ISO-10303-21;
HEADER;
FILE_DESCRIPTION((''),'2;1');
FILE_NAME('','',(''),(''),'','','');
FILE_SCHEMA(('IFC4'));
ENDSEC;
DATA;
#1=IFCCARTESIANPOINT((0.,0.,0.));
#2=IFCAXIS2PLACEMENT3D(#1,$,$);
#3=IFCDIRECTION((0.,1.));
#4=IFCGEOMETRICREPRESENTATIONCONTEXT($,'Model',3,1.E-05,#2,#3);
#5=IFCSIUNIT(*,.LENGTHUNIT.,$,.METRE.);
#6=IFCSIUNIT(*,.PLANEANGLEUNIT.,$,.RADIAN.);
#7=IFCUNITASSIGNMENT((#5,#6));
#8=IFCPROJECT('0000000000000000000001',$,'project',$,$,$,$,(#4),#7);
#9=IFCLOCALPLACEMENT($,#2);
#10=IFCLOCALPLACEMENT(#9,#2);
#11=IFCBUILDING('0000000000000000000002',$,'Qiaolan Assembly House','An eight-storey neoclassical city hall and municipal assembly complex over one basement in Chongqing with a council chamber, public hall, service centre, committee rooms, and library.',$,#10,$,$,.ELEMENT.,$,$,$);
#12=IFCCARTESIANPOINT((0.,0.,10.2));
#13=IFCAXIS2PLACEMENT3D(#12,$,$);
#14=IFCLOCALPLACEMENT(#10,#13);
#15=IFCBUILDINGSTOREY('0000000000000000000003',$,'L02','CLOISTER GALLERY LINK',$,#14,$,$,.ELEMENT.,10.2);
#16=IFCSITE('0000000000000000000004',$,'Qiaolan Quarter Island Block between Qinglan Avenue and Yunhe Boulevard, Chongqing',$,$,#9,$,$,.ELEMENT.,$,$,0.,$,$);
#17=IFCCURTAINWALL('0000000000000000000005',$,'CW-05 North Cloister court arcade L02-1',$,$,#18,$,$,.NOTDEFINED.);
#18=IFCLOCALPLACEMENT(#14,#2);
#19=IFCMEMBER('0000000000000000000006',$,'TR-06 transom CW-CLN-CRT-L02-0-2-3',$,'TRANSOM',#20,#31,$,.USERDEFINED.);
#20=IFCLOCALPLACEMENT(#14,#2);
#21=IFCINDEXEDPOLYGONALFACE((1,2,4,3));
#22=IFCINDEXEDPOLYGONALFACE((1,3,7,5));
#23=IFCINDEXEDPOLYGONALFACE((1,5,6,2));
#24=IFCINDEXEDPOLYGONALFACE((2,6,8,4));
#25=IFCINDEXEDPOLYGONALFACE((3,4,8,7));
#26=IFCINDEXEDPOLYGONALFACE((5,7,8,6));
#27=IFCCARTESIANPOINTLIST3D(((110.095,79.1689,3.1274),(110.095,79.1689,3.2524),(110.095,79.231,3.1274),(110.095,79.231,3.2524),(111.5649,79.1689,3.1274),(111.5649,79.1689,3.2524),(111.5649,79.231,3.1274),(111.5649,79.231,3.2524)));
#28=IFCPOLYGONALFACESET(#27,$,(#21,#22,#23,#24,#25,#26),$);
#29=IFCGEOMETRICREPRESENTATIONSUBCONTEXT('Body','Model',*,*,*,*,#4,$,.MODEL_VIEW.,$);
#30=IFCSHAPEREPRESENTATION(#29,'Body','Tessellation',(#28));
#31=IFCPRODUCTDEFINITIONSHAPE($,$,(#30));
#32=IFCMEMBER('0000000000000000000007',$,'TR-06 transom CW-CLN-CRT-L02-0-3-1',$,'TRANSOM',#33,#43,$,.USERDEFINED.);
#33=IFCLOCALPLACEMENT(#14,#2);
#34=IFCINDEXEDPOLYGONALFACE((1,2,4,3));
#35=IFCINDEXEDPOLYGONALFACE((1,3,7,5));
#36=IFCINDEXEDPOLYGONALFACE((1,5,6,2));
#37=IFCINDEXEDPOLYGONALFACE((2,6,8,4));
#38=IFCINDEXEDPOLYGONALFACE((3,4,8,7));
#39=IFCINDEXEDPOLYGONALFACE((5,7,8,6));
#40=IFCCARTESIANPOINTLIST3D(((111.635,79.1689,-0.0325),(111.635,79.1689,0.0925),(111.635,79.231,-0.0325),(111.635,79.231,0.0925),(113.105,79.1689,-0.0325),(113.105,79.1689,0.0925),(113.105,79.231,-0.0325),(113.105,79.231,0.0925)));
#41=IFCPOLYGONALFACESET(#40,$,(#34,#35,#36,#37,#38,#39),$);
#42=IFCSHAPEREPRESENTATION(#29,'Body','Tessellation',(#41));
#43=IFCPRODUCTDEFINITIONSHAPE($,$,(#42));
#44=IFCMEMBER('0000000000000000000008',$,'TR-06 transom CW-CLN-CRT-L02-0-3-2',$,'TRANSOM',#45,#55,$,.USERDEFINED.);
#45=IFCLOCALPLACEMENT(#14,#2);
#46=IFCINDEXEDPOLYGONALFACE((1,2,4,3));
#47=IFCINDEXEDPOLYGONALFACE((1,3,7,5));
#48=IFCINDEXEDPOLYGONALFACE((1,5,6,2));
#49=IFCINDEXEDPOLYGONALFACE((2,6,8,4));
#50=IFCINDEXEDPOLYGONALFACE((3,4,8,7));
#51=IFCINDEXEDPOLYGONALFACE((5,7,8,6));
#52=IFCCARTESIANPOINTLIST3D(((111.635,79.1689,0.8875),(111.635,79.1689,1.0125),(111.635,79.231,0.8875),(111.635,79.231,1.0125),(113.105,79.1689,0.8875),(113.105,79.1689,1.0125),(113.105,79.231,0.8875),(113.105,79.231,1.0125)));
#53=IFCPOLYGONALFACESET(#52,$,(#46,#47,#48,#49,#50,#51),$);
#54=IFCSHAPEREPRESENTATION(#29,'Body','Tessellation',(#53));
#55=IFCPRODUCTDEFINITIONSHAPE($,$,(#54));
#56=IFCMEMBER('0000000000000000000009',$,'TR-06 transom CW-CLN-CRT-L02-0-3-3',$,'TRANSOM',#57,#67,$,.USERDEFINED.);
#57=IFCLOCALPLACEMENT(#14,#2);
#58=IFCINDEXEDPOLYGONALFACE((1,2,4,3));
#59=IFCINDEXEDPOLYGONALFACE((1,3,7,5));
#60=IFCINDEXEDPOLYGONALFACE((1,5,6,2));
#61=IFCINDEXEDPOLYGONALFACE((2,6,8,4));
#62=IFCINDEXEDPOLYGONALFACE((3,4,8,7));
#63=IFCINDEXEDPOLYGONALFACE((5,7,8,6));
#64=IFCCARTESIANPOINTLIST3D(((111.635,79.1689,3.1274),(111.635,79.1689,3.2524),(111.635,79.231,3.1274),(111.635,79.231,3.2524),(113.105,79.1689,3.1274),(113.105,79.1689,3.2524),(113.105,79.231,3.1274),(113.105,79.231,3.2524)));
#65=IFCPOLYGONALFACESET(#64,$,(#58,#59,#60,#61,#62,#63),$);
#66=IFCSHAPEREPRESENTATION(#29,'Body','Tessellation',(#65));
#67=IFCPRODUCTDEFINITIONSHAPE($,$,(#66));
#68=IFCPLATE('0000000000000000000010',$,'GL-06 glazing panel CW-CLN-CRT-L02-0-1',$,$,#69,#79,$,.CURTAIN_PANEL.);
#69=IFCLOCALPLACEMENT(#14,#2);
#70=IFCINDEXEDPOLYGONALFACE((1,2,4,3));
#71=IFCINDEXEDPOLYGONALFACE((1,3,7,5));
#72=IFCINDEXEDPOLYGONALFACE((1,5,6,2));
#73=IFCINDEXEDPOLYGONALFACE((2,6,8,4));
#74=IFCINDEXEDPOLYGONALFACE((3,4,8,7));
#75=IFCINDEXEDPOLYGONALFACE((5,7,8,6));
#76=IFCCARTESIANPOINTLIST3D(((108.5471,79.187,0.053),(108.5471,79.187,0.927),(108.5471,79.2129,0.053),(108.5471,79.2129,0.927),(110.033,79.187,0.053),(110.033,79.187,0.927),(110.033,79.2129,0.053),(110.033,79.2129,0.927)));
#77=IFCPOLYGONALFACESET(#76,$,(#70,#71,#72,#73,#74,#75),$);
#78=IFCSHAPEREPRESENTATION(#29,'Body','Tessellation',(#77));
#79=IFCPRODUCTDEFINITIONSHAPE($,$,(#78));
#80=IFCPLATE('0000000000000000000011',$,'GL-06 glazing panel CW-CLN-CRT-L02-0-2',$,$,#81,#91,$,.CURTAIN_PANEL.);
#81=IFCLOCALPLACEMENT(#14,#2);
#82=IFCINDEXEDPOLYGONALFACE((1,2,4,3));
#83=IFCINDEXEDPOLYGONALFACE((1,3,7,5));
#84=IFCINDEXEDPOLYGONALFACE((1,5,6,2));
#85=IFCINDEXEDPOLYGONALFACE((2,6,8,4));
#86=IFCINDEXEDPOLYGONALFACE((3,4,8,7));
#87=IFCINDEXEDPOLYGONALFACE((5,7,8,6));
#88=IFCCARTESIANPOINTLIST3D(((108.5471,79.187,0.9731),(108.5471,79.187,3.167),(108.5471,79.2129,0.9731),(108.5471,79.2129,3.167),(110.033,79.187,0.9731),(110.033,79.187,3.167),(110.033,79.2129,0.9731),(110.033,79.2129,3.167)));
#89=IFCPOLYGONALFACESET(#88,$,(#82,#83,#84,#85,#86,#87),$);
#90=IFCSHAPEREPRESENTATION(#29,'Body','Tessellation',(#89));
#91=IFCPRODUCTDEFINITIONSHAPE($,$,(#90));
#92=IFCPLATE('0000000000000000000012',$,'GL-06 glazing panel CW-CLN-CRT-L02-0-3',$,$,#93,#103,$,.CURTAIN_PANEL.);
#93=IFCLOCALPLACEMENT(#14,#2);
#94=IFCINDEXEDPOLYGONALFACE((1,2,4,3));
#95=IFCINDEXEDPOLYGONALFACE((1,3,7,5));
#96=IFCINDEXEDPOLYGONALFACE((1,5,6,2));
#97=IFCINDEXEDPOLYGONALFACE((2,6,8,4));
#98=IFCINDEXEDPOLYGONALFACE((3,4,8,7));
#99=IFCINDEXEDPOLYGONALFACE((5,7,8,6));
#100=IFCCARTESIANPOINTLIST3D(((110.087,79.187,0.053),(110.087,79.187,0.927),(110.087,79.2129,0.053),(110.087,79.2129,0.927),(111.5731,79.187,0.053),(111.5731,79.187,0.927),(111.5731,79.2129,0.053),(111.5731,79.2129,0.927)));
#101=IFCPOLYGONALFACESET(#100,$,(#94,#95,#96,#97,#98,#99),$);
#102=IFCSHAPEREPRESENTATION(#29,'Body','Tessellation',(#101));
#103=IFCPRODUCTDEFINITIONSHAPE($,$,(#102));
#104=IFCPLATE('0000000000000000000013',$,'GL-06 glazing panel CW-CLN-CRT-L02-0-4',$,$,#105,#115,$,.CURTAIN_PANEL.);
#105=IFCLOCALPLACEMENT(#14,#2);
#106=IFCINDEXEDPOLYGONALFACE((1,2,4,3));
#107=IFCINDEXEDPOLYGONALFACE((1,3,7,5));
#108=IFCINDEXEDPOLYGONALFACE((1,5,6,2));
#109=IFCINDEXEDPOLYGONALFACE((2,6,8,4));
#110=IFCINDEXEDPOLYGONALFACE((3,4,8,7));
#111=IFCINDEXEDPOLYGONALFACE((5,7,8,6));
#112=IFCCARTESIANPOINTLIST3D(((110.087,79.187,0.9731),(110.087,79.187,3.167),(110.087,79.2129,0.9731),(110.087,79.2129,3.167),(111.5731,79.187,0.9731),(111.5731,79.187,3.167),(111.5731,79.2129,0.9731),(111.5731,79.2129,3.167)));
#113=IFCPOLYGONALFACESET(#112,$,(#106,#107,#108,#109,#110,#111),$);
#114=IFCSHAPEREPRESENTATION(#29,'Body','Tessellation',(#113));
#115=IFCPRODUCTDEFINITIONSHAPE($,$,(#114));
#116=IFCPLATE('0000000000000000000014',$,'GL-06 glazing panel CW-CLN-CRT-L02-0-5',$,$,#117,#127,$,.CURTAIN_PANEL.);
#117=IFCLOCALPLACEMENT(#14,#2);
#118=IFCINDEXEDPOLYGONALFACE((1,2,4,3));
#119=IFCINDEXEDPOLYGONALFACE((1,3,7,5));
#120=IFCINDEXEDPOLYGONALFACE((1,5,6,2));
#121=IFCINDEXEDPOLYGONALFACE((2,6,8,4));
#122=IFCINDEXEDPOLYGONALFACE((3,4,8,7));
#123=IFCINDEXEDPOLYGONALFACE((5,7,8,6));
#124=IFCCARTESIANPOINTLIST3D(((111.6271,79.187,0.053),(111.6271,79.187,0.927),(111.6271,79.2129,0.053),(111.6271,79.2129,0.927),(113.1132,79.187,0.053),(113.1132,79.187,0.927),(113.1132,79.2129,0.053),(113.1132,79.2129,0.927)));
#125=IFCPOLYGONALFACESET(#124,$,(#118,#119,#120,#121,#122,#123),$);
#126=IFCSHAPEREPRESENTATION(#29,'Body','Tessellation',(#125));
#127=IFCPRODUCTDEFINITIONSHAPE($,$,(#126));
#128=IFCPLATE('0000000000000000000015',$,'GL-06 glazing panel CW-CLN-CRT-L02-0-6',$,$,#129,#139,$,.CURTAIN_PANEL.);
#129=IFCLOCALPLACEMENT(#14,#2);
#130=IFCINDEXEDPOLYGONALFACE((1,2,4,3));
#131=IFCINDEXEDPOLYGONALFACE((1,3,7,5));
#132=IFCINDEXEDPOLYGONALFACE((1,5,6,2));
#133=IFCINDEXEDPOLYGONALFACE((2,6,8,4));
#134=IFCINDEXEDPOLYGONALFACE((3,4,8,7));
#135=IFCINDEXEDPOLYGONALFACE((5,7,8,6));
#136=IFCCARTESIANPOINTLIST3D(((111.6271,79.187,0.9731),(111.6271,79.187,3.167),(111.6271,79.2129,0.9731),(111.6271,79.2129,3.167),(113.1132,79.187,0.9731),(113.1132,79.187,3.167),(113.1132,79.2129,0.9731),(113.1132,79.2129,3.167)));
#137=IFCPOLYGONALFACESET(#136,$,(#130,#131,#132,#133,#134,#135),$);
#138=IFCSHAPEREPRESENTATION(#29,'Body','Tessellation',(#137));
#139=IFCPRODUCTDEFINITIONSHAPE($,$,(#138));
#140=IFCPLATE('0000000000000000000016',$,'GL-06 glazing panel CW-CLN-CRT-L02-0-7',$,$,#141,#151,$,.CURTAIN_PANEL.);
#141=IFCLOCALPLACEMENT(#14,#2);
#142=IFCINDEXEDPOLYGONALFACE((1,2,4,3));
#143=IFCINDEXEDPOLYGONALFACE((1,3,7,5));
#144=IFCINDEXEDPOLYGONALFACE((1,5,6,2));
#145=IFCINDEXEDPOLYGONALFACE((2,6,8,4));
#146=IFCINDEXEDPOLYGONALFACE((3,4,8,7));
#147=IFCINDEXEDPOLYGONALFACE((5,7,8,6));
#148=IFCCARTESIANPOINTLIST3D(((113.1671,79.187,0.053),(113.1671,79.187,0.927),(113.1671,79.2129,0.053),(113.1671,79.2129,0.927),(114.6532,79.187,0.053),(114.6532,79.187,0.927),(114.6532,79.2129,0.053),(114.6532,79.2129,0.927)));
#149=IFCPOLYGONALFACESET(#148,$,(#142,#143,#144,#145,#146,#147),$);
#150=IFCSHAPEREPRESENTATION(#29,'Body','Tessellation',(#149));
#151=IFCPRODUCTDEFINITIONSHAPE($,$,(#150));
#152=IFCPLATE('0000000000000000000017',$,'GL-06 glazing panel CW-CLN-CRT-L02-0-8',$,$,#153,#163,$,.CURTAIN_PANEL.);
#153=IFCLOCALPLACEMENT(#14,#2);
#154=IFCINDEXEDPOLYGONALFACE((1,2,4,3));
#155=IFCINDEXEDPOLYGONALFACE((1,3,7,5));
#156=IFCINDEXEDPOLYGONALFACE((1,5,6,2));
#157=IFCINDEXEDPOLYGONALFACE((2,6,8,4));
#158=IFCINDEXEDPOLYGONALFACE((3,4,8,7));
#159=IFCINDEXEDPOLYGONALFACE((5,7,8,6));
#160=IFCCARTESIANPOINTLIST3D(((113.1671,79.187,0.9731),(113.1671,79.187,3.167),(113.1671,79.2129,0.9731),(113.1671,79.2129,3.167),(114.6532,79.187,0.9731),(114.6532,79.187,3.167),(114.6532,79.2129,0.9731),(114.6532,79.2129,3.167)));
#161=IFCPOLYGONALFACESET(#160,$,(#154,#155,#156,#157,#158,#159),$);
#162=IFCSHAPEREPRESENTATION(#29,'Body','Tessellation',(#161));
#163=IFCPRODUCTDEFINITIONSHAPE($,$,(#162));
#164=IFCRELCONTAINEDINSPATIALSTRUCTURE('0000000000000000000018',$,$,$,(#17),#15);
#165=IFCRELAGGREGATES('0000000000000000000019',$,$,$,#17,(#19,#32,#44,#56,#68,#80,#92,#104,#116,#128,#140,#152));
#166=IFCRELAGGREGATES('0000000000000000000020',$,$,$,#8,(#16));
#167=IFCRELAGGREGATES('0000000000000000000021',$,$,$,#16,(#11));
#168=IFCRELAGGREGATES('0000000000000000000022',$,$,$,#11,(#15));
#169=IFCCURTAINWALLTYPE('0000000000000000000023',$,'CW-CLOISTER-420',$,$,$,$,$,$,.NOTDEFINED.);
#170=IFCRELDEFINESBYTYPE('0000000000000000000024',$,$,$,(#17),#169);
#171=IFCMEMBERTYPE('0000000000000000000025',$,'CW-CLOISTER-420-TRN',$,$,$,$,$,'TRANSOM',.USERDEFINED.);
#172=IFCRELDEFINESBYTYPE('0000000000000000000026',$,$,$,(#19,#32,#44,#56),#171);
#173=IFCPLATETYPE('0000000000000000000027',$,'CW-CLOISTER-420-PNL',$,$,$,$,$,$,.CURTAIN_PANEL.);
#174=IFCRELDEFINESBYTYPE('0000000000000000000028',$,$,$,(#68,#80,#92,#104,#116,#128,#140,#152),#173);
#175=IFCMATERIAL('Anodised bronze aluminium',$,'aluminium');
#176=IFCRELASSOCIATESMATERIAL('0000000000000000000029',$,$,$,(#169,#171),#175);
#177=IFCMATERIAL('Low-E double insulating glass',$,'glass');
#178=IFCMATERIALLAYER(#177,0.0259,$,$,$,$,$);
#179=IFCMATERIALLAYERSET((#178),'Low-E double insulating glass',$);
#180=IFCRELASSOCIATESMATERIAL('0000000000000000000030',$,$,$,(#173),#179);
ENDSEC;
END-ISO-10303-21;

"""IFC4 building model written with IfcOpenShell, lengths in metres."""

from ifc_helpers import new_model, si_unit, direction, frame, frame_2d, origin, origin_2d, place, context, subcontext, project, spatial, rectangle, extrude, material, layer, layer_set, material_profile, profile_set, type_object, element, aggregate, save


model = new_model("IFC4")

# Units and contexts
model_context = context("Model", 3, precision=1e-05, world=origin(), true_north=direction((0.0, 1.0)))
body_context = subcontext(model_context, "Body", "Model", "MODEL_VIEW")
ifc_project = project(units=[si_unit("LENGTHUNIT", "METRE"), si_unit("PLANEANGLEUNIT", "RADIAN")], contexts=[model_context])

# Site, building, storey
site_placement = place(None, origin())
site = spatial("IfcSite", under=ifc_project, at=site_placement, Name="Qiaolan Quarter Island Block between Qinglan Avenue and Yunhe Boulevard, Chongqing", CompositionType="ELEMENT", RefElevation=0.0)
building_placement = place(site_placement, origin())
building = spatial("IfcBuilding", under=site, at=building_placement, Name="Qiaolan Assembly House", Description="An eight-storey neoclassical city hall and municipal assembly complex over one basement in Chongqing with a council chamber, public hall, service centre, committee rooms, and library.", CompositionType="ELEMENT")
storey_placement = place(building_placement, frame((0.0, 0.0, 10.2)))
storey = spatial("IfcBuildingStorey", under=building, at=storey_placement, Name="L02", Description="CLOISTER GALLERY LINK", CompositionType="ELEMENT", Elevation=10.2)

# Curtain wall, members, plates
ifc_material_1 = material(Name="Anodised bronze aluminium", Category="aluminium")
curtain_wall_type = type_object("IfcCurtainWallType", Name="CW-CLOISTER-420", PredefinedType="NOTDEFINED", material=ifc_material_1)
curtain_wall_placement = place(storey_placement, origin())
curtain_wall = element("IfcCurtainWall", 1, at=curtain_wall_placement, inside=storey, type_object=curtain_wall_type, Name="CW-05 North Cloister court arcade L02-1", PredefinedType="NOTDEFINED")
ifc_material_profile_1 = material_profile(ifc_material_1, rectangle(XDim=0.062, YDim=0.125, at=origin_2d()), Name="TRN 62x125")
ifc_profile_set_1 = profile_set([ifc_material_profile_1], Name="Anodised bronze aluminium")
member_type_1 = type_object("IfcMemberType", Name="CW-CLOISTER-420-TRN", ElementType="TRANSOM", PredefinedType="USERDEFINED", material=ifc_profile_set_1)
member_1_placement = place(storey_placement, frame((110.095, 79.2, 3.1899), z_axis=(1.0, 0.0, 0.0), x_axis=(0.0, 1.0, 0.0)))
member_1 = element("IfcMember", 2, at=member_1_placement, type_object=member_type_1, Name="TR-06 transom CW-CLN-CRT-L02-0-2-3", ObjectType="TRANSOM", PredefinedType="USERDEFINED", context=body_context, shape_type="SweptSolid", body=[
    extrude(rectangle(XDim=0.062, YDim=0.125, at=origin_2d()), origin(), (0.0, 0.0, 1.0), 1.47),
])
member_2_placement = place(storey_placement, frame((111.635, 79.2, 0.03), z_axis=(1.0, 0.0, 0.0), x_axis=(0.0, 1.0, 0.0)))
member_2 = element("IfcMember", 3, at=member_2_placement, type_object=member_type_1, Name="TR-06 transom CW-CLN-CRT-L02-0-3-1", ObjectType="TRANSOM", PredefinedType="USERDEFINED", context=body_context, shape_type="SweptSolid", body=[
    extrude(rectangle(XDim=0.062, YDim=0.125, at=origin_2d()), origin(), (0.0, 0.0, 1.0), 1.47),
])
member_3_placement = place(storey_placement, frame((111.635, 79.2, 0.95), z_axis=(1.0, 0.0, 0.0), x_axis=(0.0, 1.0, 0.0)))
member_3 = element("IfcMember", 4, at=member_3_placement, type_object=member_type_1, Name="TR-06 transom CW-CLN-CRT-L02-0-3-2", ObjectType="TRANSOM", PredefinedType="USERDEFINED", context=body_context, shape_type="SweptSolid", body=[
    extrude(rectangle(XDim=0.062, YDim=0.125, at=origin_2d()), origin(), (0.0, 0.0, 1.0), 1.47),
])
member_4_placement = place(storey_placement, frame((111.635, 79.2, 3.1899), z_axis=(1.0, 0.0, 0.0), x_axis=(0.0, 1.0, 0.0)))
member_4 = element("IfcMember", 5, at=member_4_placement, type_object=member_type_1, Name="TR-06 transom CW-CLN-CRT-L02-0-3-3", ObjectType="TRANSOM", PredefinedType="USERDEFINED", context=body_context, shape_type="SweptSolid", body=[
    extrude(rectangle(XDim=0.062, YDim=0.125, at=origin_2d()), origin(), (0.0, 0.0, 1.0), 1.47),
])
ifc_material_2 = material(Name="Low-E double insulating glass", Category="glass")
ifc_layer = layer(ifc_material_2, 0.0259)
ifc_layer_set = layer_set([ifc_layer], Name="Low-E double insulating glass")
plate_type = type_object("IfcPlateType", Name="CW-CLOISTER-420-PNL", PredefinedType="CURTAIN_PANEL", material=ifc_layer_set)
plate_1_placement = place(storey_placement, frame((108.5471, 79.2, 0.053), z_axis=(0.0, 0.0, 1.0), x_axis=(1.0, 0.0, 0.0)))
plate_1 = element("IfcPlate", 6, at=plate_1_placement, type_object=plate_type, Name="GL-06 glazing panel CW-CLN-CRT-L02-0-1", PredefinedType="CURTAIN_PANEL", context=body_context, shape_type="SweptSolid", body=[
    extrude(rectangle(XDim=1.4858, YDim=0.0259, at=frame_2d((0.7429, 0.0))), origin(), (0.0, 0.0, 1.0), 0.874),
])
plate_2_placement = place(storey_placement, frame((108.5471, 79.2, 0.9731), z_axis=(0.0, 0.0, 1.0), x_axis=(1.0, 0.0, 0.0)))
plate_2 = element("IfcPlate", 7, at=plate_2_placement, type_object=plate_type, Name="GL-06 glazing panel CW-CLN-CRT-L02-0-2", PredefinedType="CURTAIN_PANEL", context=body_context, shape_type="SweptSolid", body=[
    extrude(rectangle(XDim=1.4858, YDim=0.0259, at=frame_2d((0.7429, 0.0))), origin(), (0.0, 0.0, 1.0), 2.1938),
])
plate_3_placement = place(storey_placement, frame((110.0869, 79.2, 0.053), z_axis=(0.0, 0.0, 1.0), x_axis=(1.0, 0.0, 0.0)))
plate_3 = element("IfcPlate", 8, at=plate_3_placement, type_object=plate_type, Name="GL-06 glazing panel CW-CLN-CRT-L02-0-3", PredefinedType="CURTAIN_PANEL", context=body_context, shape_type="SweptSolid", body=[
    extrude(rectangle(XDim=1.4861, YDim=0.0259, at=frame_2d((0.7432, 0.0))), origin(), (0.0, 0.0, 1.0), 0.874),
])
plate_4_placement = place(storey_placement, frame((110.0869, 79.2, 0.9731), z_axis=(0.0, 0.0, 1.0), x_axis=(1.0, 0.0, 0.0)))
plate_4 = element("IfcPlate", 9, at=plate_4_placement, type_object=plate_type, Name="GL-06 glazing panel CW-CLN-CRT-L02-0-4", PredefinedType="CURTAIN_PANEL", context=body_context, shape_type="SweptSolid", body=[
    extrude(rectangle(XDim=1.4861, YDim=0.0259, at=frame_2d((0.7432, 0.0))), origin(), (0.0, 0.0, 1.0), 2.1938),
])
plate_5_placement = place(storey_placement, frame((111.627, 79.2, 0.053), z_axis=(0.0, 0.0, 1.0), x_axis=(1.0, 0.0, 0.0)))
plate_5 = element("IfcPlate", 10, at=plate_5_placement, type_object=plate_type, Name="GL-06 glazing panel CW-CLN-CRT-L02-0-5", PredefinedType="CURTAIN_PANEL", context=body_context, shape_type="SweptSolid", body=[
    extrude(rectangle(XDim=1.4861, YDim=0.0259, at=frame_2d((0.7432, 0.0))), origin(), (0.0, 0.0, 1.0), 0.874),
])
plate_6_placement = place(storey_placement, frame((111.627, 79.2, 0.9731), z_axis=(0.0, 0.0, 1.0), x_axis=(1.0, 0.0, 0.0)))
plate_6 = element("IfcPlate", 11, at=plate_6_placement, type_object=plate_type, Name="GL-06 glazing panel CW-CLN-CRT-L02-0-6", PredefinedType="CURTAIN_PANEL", context=body_context, shape_type="SweptSolid", body=[
    extrude(rectangle(XDim=1.4861, YDim=0.0259, at=frame_2d((0.7432, 0.0))), origin(), (0.0, 0.0, 1.0), 2.1938),
])
plate_7_placement = place(storey_placement, frame((113.167, 79.2, 0.053), z_axis=(0.0, 0.0, 1.0), x_axis=(1.0, 0.0, 0.0)))
plate_7 = element("IfcPlate", 12, at=plate_7_placement, type_object=plate_type, Name="GL-06 glazing panel CW-CLN-CRT-L02-0-7", PredefinedType="CURTAIN_PANEL", context=body_context, shape_type="SweptSolid", body=[
    extrude(rectangle(XDim=1.4861, YDim=0.0259, at=frame_2d((0.7432, 0.0))), origin(), (0.0, 0.0, 1.0), 0.874),
])
plate_8_placement = place(storey_placement, frame((113.167, 79.2, 0.9731), z_axis=(0.0, 0.0, 1.0), x_axis=(1.0, 0.0, 0.0)))
plate_8 = element("IfcPlate", 13, at=plate_8_placement, type_object=plate_type, Name="GL-06 glazing panel CW-CLN-CRT-L02-0-8", PredefinedType="CURTAIN_PANEL", context=body_context, shape_type="SweptSolid", body=[
    extrude(rectangle(XDim=1.4861, YDim=0.0259, at=frame_2d((0.7432, 0.0))), origin(), (0.0, 0.0, 1.0), 2.1938),
])
aggregate(curtain_wall, [member_1, member_2, member_3, member_4, plate_1, plate_2, plate_3, plate_4, plate_5, plate_6, plate_7, plate_8])

save(model, "model.ifc")
